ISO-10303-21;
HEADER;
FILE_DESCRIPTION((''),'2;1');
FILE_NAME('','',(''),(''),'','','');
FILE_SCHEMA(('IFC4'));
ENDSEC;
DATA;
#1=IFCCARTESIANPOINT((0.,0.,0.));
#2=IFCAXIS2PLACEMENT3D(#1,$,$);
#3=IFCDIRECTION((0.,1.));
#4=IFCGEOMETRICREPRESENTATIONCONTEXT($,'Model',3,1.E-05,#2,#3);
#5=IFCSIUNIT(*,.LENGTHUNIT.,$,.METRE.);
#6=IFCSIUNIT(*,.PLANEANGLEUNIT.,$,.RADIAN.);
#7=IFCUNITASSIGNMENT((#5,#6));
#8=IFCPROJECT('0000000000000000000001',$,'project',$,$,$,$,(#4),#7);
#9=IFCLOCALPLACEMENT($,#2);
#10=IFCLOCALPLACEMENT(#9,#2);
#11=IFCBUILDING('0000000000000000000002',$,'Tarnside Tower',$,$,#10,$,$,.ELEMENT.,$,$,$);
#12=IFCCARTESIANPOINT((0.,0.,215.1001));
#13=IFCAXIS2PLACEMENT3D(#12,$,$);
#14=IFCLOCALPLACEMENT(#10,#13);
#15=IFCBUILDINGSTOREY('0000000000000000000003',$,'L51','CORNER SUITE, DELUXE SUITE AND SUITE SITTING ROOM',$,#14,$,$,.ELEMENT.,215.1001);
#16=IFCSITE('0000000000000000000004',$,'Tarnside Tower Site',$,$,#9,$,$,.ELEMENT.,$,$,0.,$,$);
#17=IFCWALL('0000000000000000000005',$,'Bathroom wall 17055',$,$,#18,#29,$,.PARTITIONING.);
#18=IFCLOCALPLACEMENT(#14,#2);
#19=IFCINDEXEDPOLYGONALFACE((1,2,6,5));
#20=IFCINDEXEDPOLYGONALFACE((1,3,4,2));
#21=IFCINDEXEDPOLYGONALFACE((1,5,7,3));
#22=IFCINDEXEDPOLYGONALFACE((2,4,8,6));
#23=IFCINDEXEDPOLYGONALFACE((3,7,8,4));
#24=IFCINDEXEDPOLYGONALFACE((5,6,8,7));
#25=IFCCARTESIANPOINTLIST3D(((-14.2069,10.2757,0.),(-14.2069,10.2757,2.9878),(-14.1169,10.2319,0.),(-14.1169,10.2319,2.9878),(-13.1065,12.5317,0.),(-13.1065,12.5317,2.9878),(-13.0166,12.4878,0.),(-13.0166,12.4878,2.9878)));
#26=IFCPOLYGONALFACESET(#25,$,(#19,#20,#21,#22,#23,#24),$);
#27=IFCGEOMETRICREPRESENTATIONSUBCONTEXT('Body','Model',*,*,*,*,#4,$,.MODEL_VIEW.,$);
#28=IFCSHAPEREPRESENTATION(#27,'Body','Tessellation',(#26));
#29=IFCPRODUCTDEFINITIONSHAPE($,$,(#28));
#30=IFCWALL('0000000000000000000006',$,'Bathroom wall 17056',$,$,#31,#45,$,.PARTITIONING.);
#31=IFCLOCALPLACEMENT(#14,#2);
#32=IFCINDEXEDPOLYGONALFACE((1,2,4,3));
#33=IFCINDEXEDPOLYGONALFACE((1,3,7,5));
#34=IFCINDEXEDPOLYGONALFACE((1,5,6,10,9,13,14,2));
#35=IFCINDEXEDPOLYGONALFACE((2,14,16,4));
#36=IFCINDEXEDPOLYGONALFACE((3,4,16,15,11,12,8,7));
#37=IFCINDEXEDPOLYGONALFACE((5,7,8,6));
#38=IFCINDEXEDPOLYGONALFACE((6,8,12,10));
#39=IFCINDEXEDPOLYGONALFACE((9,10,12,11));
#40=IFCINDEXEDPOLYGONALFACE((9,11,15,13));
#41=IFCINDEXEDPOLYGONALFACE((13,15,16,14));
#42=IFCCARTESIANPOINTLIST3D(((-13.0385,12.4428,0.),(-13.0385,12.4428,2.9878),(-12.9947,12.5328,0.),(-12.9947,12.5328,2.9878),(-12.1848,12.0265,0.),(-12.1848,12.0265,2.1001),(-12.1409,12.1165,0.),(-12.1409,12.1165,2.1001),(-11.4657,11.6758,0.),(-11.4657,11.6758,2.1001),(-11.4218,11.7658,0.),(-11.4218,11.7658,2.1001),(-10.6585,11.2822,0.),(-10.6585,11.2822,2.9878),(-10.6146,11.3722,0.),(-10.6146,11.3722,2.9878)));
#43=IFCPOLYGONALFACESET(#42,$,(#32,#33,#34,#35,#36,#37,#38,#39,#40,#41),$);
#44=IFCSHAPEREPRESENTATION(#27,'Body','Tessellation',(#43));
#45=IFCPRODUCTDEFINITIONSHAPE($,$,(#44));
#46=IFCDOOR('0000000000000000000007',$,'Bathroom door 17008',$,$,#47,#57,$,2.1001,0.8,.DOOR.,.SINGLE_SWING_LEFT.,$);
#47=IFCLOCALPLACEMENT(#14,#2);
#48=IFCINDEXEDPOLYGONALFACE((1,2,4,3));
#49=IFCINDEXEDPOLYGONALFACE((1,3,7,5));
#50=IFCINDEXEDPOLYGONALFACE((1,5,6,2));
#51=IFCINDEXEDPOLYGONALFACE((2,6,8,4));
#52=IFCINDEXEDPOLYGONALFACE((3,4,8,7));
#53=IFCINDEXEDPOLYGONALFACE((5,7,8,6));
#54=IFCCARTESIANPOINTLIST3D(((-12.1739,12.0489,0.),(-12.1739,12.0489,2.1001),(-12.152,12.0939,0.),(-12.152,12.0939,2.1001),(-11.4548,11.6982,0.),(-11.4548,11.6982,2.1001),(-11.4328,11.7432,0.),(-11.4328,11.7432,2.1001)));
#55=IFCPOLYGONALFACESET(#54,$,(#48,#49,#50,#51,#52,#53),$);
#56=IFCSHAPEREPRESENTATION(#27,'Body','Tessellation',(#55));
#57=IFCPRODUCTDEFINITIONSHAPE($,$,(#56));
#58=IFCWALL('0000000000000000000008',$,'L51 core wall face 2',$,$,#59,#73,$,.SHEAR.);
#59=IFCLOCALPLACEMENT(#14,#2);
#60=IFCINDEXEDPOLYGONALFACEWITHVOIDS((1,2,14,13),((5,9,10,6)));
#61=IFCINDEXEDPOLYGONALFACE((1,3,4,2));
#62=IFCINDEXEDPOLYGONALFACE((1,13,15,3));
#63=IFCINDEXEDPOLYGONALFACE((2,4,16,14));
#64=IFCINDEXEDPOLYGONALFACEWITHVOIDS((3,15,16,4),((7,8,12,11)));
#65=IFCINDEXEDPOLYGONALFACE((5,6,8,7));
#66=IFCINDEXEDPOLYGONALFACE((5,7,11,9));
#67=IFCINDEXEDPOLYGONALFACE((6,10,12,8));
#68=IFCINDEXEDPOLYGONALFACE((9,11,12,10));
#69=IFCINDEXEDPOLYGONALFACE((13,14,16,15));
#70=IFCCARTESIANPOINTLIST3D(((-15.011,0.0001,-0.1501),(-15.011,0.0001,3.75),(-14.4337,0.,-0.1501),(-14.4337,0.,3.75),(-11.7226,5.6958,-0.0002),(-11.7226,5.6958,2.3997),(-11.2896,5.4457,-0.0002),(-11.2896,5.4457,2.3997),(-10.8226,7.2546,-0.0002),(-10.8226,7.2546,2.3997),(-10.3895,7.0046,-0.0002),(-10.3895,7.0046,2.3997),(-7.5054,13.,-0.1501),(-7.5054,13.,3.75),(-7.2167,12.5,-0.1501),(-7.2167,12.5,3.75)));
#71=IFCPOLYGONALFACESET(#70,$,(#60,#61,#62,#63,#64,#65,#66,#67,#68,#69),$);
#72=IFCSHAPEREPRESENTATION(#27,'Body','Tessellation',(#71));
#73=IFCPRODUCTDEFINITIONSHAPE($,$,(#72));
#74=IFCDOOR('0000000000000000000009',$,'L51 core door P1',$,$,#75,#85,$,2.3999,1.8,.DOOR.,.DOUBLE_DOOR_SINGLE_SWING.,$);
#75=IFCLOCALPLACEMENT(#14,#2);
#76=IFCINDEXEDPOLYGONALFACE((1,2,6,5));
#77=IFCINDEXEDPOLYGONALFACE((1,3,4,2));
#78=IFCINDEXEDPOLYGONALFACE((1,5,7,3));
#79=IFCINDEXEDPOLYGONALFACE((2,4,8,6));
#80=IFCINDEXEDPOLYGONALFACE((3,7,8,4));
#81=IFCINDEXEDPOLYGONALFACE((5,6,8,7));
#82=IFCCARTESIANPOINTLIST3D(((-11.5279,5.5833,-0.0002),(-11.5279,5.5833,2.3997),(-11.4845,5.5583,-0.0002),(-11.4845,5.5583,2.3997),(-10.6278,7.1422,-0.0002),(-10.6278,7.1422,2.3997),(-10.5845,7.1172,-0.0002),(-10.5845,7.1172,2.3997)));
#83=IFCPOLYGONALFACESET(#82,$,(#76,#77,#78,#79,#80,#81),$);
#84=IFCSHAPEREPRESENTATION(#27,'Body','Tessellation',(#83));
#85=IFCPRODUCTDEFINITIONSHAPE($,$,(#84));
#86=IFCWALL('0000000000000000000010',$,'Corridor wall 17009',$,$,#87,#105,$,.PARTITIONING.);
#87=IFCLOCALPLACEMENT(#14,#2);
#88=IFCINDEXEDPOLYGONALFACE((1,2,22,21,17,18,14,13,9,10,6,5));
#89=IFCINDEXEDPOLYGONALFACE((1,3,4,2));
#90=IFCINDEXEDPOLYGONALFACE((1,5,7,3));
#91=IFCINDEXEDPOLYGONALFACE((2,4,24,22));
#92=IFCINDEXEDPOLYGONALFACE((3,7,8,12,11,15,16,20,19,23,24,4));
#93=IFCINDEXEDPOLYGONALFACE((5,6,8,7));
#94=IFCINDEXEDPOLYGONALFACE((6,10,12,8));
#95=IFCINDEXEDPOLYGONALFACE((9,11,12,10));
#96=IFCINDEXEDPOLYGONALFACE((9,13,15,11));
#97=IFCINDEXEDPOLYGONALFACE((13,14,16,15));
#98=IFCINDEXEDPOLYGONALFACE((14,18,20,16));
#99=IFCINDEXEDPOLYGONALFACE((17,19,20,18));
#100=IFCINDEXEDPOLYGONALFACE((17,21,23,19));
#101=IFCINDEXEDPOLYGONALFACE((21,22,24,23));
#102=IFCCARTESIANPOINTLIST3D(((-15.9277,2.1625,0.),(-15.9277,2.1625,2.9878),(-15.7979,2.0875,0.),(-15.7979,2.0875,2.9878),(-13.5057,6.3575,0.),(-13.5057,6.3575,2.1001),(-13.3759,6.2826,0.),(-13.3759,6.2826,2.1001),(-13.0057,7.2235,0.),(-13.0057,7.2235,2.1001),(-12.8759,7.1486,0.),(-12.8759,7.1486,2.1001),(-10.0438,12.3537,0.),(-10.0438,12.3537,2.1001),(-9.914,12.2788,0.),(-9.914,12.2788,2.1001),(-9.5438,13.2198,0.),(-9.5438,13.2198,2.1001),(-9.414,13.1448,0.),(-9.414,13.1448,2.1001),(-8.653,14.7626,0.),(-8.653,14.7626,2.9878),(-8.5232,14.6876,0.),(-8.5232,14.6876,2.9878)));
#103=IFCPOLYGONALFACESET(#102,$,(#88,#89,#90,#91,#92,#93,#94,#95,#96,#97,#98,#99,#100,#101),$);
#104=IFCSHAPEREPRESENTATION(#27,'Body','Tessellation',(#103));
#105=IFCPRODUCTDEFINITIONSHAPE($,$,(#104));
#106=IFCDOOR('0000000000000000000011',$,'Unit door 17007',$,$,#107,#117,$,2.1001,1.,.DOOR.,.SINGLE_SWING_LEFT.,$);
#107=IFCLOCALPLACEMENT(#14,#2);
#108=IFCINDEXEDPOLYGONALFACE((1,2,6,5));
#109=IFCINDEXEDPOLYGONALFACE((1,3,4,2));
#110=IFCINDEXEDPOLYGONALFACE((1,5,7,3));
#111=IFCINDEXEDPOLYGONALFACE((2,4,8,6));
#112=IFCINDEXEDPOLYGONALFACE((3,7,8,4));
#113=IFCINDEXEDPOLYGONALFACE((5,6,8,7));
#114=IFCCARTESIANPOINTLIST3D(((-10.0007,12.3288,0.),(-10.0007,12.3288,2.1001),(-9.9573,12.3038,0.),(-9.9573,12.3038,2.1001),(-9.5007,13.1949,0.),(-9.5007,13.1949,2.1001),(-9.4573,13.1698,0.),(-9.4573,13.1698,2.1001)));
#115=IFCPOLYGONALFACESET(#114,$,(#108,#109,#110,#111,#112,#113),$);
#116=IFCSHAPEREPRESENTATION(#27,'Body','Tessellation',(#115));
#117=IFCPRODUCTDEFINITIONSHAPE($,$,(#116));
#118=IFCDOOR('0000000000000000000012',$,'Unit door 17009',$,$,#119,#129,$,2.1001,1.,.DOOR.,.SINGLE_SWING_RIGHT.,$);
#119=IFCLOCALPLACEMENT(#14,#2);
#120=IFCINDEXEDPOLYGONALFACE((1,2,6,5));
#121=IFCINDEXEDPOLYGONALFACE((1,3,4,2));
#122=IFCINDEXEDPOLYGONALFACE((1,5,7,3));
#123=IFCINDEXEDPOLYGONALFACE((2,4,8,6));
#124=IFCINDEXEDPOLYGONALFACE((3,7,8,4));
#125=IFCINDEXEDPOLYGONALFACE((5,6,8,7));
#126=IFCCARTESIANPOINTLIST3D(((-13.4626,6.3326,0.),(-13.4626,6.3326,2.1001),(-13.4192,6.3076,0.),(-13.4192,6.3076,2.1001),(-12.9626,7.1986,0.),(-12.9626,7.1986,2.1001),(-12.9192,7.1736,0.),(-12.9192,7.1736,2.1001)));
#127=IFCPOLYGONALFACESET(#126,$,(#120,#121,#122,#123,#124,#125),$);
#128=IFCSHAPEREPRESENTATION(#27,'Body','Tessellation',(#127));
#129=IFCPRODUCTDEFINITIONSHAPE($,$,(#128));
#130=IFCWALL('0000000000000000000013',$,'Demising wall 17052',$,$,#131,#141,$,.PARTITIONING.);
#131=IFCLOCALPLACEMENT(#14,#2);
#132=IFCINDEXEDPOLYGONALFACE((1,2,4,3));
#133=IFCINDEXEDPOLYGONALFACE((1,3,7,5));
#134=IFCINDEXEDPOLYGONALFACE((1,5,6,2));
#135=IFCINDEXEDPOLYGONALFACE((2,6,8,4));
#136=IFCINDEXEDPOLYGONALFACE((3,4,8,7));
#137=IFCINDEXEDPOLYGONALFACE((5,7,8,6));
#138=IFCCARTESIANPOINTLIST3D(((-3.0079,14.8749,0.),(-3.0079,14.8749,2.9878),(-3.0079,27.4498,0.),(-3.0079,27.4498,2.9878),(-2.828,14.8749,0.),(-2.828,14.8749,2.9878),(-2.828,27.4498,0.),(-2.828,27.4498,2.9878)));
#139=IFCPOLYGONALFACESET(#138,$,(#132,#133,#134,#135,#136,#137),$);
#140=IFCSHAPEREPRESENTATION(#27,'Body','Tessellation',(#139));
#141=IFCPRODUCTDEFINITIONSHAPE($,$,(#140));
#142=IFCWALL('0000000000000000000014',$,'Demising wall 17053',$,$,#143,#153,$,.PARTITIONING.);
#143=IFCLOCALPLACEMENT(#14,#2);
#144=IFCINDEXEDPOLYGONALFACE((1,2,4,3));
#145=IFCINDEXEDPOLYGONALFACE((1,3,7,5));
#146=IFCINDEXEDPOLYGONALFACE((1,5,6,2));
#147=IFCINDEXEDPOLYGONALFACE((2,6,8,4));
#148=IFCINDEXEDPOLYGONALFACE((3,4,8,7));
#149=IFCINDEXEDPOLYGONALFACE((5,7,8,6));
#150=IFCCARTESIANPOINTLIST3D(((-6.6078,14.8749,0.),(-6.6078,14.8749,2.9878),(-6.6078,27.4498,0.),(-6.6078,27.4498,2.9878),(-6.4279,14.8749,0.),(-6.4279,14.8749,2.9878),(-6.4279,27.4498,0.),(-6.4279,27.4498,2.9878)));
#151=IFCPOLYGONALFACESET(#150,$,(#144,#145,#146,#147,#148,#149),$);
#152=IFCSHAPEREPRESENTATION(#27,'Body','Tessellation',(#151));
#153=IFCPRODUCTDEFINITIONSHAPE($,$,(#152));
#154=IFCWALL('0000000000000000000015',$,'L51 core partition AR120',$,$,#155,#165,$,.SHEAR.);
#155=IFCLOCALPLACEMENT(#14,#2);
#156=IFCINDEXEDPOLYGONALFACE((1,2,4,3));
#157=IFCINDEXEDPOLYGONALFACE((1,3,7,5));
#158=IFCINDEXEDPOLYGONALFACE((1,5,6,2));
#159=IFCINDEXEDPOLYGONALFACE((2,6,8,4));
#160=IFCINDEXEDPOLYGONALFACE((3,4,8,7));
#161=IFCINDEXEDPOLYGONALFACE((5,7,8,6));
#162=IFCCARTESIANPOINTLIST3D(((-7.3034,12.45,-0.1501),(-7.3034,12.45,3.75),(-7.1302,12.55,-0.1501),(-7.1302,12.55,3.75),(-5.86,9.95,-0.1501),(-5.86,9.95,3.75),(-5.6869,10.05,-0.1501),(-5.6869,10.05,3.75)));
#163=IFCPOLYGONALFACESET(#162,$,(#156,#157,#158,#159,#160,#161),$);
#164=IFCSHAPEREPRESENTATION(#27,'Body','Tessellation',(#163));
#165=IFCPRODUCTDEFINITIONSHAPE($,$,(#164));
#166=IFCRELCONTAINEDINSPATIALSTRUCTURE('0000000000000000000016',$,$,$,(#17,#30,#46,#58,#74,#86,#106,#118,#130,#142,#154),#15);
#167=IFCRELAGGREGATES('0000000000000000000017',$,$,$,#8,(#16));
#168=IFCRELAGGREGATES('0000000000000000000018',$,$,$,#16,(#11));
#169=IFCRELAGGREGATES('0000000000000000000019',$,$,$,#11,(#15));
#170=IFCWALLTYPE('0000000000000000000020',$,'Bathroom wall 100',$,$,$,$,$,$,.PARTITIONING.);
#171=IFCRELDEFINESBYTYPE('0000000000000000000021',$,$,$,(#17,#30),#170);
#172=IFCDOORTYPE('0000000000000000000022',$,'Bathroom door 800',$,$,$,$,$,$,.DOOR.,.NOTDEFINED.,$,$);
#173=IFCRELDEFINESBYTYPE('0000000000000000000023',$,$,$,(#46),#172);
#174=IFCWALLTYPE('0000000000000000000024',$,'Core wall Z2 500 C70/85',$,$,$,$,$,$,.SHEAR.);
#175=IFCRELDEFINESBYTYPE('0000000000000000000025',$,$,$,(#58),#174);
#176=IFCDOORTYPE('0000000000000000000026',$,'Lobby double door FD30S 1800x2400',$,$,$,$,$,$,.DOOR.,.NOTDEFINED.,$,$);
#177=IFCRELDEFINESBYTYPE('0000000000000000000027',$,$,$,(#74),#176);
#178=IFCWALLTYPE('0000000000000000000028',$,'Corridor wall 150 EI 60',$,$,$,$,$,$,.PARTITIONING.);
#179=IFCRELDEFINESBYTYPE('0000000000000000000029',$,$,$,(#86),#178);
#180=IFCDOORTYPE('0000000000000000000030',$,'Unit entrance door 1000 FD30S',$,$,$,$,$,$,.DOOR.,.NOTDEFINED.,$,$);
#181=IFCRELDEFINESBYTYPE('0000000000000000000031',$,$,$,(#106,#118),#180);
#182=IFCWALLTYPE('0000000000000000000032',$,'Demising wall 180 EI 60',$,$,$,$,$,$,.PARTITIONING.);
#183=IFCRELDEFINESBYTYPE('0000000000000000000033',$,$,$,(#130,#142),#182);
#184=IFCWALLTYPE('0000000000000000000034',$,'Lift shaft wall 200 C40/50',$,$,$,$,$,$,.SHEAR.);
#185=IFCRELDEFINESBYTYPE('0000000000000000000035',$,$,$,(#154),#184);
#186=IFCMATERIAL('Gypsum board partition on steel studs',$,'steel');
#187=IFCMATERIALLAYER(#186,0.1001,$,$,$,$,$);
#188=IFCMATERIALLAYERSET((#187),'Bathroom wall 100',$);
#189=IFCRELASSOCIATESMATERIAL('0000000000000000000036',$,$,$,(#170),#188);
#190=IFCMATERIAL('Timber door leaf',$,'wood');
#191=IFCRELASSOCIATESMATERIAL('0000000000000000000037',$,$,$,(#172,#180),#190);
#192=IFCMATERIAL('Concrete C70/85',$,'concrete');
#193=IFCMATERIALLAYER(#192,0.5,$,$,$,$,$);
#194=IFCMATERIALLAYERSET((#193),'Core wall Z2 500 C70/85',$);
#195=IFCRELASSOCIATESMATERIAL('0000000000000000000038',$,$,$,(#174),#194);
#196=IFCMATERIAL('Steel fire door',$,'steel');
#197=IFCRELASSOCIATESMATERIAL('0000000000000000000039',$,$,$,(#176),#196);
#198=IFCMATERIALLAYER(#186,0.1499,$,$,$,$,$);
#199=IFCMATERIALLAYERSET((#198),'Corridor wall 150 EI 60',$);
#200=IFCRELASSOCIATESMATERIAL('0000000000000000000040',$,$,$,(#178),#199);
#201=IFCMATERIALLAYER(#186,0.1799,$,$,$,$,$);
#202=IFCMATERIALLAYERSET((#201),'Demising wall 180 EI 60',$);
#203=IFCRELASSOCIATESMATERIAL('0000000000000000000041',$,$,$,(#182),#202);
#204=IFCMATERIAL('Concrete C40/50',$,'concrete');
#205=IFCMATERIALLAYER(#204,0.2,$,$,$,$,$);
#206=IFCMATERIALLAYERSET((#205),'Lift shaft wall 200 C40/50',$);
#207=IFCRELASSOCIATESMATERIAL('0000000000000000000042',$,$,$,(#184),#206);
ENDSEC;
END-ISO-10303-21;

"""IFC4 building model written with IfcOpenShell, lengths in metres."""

from ifc_helpers import new_model, si_unit, direction, frame, frame_2d, origin, place, context, subcontext, project, spatial, polyline, rectangle, outline, extrude, material, layer, layer_set, type_object, element, fill, save


model = new_model("IFC4")

# Units and contexts
model_context = context("Model", 3, precision=1e-05, world=origin(), true_north=direction((0.0, 1.0)))
body_context = subcontext(model_context, "Body", "Model", "MODEL_VIEW")
ifc_project = project(units=[si_unit("LENGTHUNIT", "METRE"), si_unit("PLANEANGLEUNIT", "RADIAN")], contexts=[model_context])

# Site, building, storey
site_placement = place(None, origin())
site = spatial("IfcSite", under=ifc_project, at=site_placement, Name="Tarnside Tower Site", CompositionType="ELEMENT", RefElevation=0.0)
building_placement = place(site_placement, origin())
building = spatial("IfcBuilding", under=site, at=building_placement, Name="Tarnside Tower", CompositionType="ELEMENT")
storey_placement = place(building_placement, frame((0.0, 0.0, 215.1001)))
storey = spatial("IfcBuildingStorey", under=building, at=storey_placement, Name="L51", Description="CORNER SUITE, DELUXE SUITE AND SUITE SITTING ROOM", CompositionType="ELEMENT", Elevation=215.1001)

# Wall
ifc_material_1 = material(Name="Gypsum board partition on steel studs", Category="steel")
ifc_layer_1 = layer(ifc_material_1, 0.1001)
ifc_layer_set_1 = layer_set([ifc_layer_1], Name="Bathroom wall 100")
wall_type_1 = type_object("IfcWallType", Name="Bathroom wall 100", PredefinedType="PARTITIONING", material=ifc_layer_set_1)
wall_1_placement = place(storey_placement, frame((-14.1619, 10.2539, 0.0), z_axis=(0.0, 0.0, 1.0), x_axis=(0.438399, 0.898781, 0.0)))
element("IfcWall", 1, at=wall_1_placement, inside=storey, type_object=wall_type_1, Name="Bathroom wall 17055", PredefinedType="PARTITIONING", context=body_context, shape_type="SweptSolid", body=[
    extrude(rectangle(XDim=2.51, YDim=0.1001, at=frame_2d((1.2549, 0.0))), origin(), (0.0, 0.0, 1.0), 2.9878),
])

# Walls, openings, doors
wall_2_placement = place(storey_placement, frame((-13.0166, 12.4878, 0.0), z_axis=(0.0, 0.0, 1.0), x_axis=(0.898827, -0.438304, 0.0)))
wall_2 = element("IfcWall", 2, at=wall_2_placement, inside=storey, type_object=wall_type_1, Name="Bathroom wall 17056", PredefinedType="PARTITIONING", context=body_context, shape_type="SweptSolid", body=[
    extrude(rectangle(XDim=2.6479, YDim=0.1001, at=frame_2d((1.324, 0.0))), origin(), (0.0, 0.0, 1.0), 2.9878),
])
opening_1_placement = place(wall_2_placement, frame((0.95, 0.0, 0.0)))
opening_1 = element("IfcOpeningElement", 3, at=opening_1_placement, cuts=wall_2, PredefinedType="OPENING", context=body_context, shape_type="SweptSolid", body=[
    extrude(rectangle(XDim=0.8, YDim=2.1001, at=frame_2d((0.3999, 1.05))), frame((0.0, 0.0601, 0.0), z_axis=(0.0, -1.0, 0.0), x_axis=(1.0, 0.0, 0.0)), (0.0, 0.0, 1.0), 0.1201),
])
ifc_material_2 = material(Name="Timber door leaf", Category="wood")
door_type_1 = type_object("IfcDoorType", Name="Bathroom door 800", OperationType="NOTDEFINED", PredefinedType="DOOR", material=ifc_material_2)
door_1_placement = place(opening_1_placement, origin())
door_1 = element("IfcDoor", 4, at=door_1_placement, inside=storey, type_object=door_type_1, Name="Bathroom door 17008", OperationType="SINGLE_SWING_LEFT", OverallHeight=2.1001, OverallWidth=0.8, PredefinedType="DOOR", context=body_context, shape_type="SweptSolid", body=[
    extrude(rectangle(XDim=0.8, YDim=2.1001, at=frame_2d((0.3999, 1.05))), frame((0.0, 0.0249, 0.0), z_axis=(0.0, -1.0, 0.0), x_axis=(1.0, 0.0, 0.0)), (0.0, 0.0, 1.0), 0.05),
])
fill(opening_1, door_1)
ifc_material_3 = material(Name="Concrete C70/85", Category="concrete")
ifc_layer_2 = layer(ifc_material_3, 0.5)
ifc_layer_set_2 = layer_set([ifc_layer_2], Name="Core wall Z2 500 C70/85")
wall_type_2 = type_object("IfcWallType", Name="Core wall Z2 500 C70/85", PredefinedType="SHEAR", material=ifc_layer_set_2)
wall_3_placement = place(storey_placement, frame((-7.3611, 12.75, -0.1501), z_axis=(0.0, 0.0, 1.0), x_axis=(-0.500006, -0.866022, 0.0)))
wall_3 = element("IfcWall", 5, at=wall_3_placement, inside=storey, type_object=wall_type_2, Name="L51 core wall face 2", PredefinedType="SHEAR", context=body_context, shape_type="SweptSolid", body=[
    extrude(outline(polyline([(-0.1443, -0.25), (14.8667, -0.25), (14.5781, 0.25), (0.1443, 0.25), (-0.1443, -0.25)])), origin(), (0.0, 0.0, 1.0), 3.9001),
])
opening_2_placement = place(wall_3_placement, frame((6.49, 0.0, 0.1499)))
opening_2 = element("IfcOpeningElement", 6, at=opening_2_placement, cuts=wall_3, PredefinedType="OPENING", context=body_context, shape_type="SweptSolid", body=[
    extrude(rectangle(XDim=1.8, YDim=2.3999, at=frame_2d((0.8999, 1.2))), frame((0.0, 0.26, 0.0), z_axis=(0.0, -1.0, 0.0), x_axis=(1.0, 0.0, 0.0)), (0.0, 0.0, 1.0), 0.52),
])
ifc_material_4 = material(Name="Steel fire door", Category="steel")
door_type_2 = type_object("IfcDoorType", Name="Lobby double door FD30S 1800x2400", OperationType="NOTDEFINED", PredefinedType="DOOR", material=ifc_material_4)
door_2_placement = place(opening_2_placement, origin())
door_2 = element("IfcDoor", 7, at=door_2_placement, inside=storey, type_object=door_type_2, Name="L51 core door P1", OperationType="DOUBLE_DOOR_SINGLE_SWING", OverallHeight=2.3999, OverallWidth=1.8, PredefinedType="DOOR", context=body_context, shape_type="SweptSolid", body=[
    extrude(rectangle(XDim=1.8, YDim=2.3999, at=frame_2d((0.8999, 1.2))), frame((0.0, 0.0249, 0.0), z_axis=(0.0, -1.0, 0.0), x_axis=(1.0, 0.0, 0.0)), (0.0, 0.0, 1.0), 0.05),
])
fill(opening_2, door_2)

# Wall, openings, doors
ifc_layer_3 = layer(ifc_material_1, 0.1499)
ifc_layer_set_3 = layer_set([ifc_layer_3], Name="Corridor wall 150 EI 60")
wall_type_3 = type_object("IfcWallType", Name="Corridor wall 150 EI 60", PredefinedType="PARTITIONING", material=ifc_layer_set_3)
wall_4_placement = place(storey_placement, frame((-8.5881, 14.7251, 0.0), z_axis=(0.0, 0.0, 1.0), x_axis=(-0.499999, -0.866026, 0.0)))
wall_4 = element("IfcWall", 8, at=wall_4_placement, inside=storey, type_object=wall_type_3, Name="Corridor wall 17009", PredefinedType="PARTITIONING", context=body_context, shape_type="SweptSolid", body=[
    extrude(rectangle(XDim=14.5493, YDim=0.1499, at=frame_2d((7.2747, 0.0))), origin(), (0.0, 0.0, 1.0), 2.9878),
])
opening_3_placement = place(wall_4_placement, frame((1.7815, 0.0, 0.0)))
opening_3 = element("IfcOpeningElement", 9, at=opening_3_placement, cuts=wall_4, PredefinedType="OPENING", context=body_context, shape_type="SweptSolid", body=[
    extrude(rectangle(XDim=1.0, YDim=2.1001, at=frame_2d((0.5, 1.05))), frame((0.0, 0.085, 0.0), z_axis=(0.0, -1.0, 0.0), x_axis=(1.0, 0.0, 0.0)), (0.0, 0.0, 1.0), 0.1699),
])
opening_4_placement = place(wall_4_placement, frame((8.7053, 0.0, 0.0)))
opening_4 = element("IfcOpeningElement", 10, at=opening_4_placement, cuts=wall_4, PredefinedType="OPENING", context=body_context, shape_type="SweptSolid", body=[
    extrude(rectangle(XDim=1.0, YDim=2.1001, at=frame_2d((0.5, 1.05))), frame((0.0, 0.085, 0.0), z_axis=(0.0, -1.0, 0.0), x_axis=(1.0, 0.0, 0.0)), (0.0, 0.0, 1.0), 0.1699),
])
door_type_3 = type_object("IfcDoorType", Name="Unit entrance door 1000 FD30S", OperationType="NOTDEFINED", PredefinedType="DOOR", material=ifc_material_2)
door_3_placement = place(opening_3_placement, origin())
door_3 = element("IfcDoor", 11, at=door_3_placement, inside=storey, type_object=door_type_3, Name="Unit door 17007", OperationType="SINGLE_SWING_LEFT", OverallHeight=2.1001, OverallWidth=1.0, PredefinedType="DOOR", context=body_context, shape_type="SweptSolid", body=[
    extrude(rectangle(XDim=1.0, YDim=2.1001, at=frame_2d((0.5, 1.05))), frame((0.0, 0.0249, 0.0), z_axis=(0.0, -1.0, 0.0), x_axis=(1.0, 0.0, 0.0)), (0.0, 0.0, 1.0), 0.05),
])
fill(opening_3, door_3)
door_4_placement = place(opening_4_placement, origin())
door_4 = element("IfcDoor", 12, at=door_4_placement, inside=storey, type_object=door_type_3, Name="Unit door 17009", OperationType="SINGLE_SWING_RIGHT", OverallHeight=2.1001, OverallWidth=1.0, PredefinedType="DOOR", context=body_context, shape_type="SweptSolid", body=[
    extrude(rectangle(XDim=1.0, YDim=2.1001, at=frame_2d((0.5, 1.05))), frame((0.0, 0.0249, 0.0), z_axis=(0.0, -1.0, 0.0), x_axis=(1.0, 0.0, 0.0)), (0.0, 0.0, 1.0), 0.05),
])
fill(opening_4, door_4)

# Walls
ifc_layer_4 = layer(ifc_material_1, 0.1799)
ifc_layer_set_4 = layer_set([ifc_layer_4], Name="Demising wall 180 EI 60")
wall_type_4 = type_object("IfcWallType", Name="Demising wall 180 EI 60", PredefinedType="PARTITIONING", material=ifc_layer_set_4)
for number, where, z_axis, x_axis, name in (
    (13, (-2.918, 27.45, 0.0), (0.0, 0.0, 1.0), (0.0, -1.0, 0.0), "Demising wall 17052"),
    (14, (-6.5178, 27.45, 0.0), (0.0, 0.0, 1.0), (0.0, -1.0, 0.0), "Demising wall 17053"),
):
    element("IfcWall", number, at=place(storey_placement, frame(where, z_axis=z_axis, x_axis=x_axis)), inside=storey, type_object=wall_type_4, Name=name, PredefinedType="PARTITIONING", context=body_context, shape_type="SweptSolid", body=[
        extrude(rectangle(XDim=12.575, YDim=0.1799, at=frame_2d((6.2876, 0.0))), origin(), (0.0, 0.0, 1.0), 2.9878),
    ])
ifc_material_5 = material(Name="Concrete C40/50", Category="concrete")
ifc_layer_5 = layer(ifc_material_5, 0.2)
ifc_layer_set_5 = layer_set([ifc_layer_5], Name="Lift shaft wall 200 C40/50")
wall_type_5 = type_object("IfcWallType", Name="Lift shaft wall 200 C40/50", PredefinedType="SHEAR", material=ifc_layer_set_5)
wall_5_placement = place(storey_placement, frame((-5.7734, 10.0, -0.1501), z_axis=(0.0, 0.0, 1.0), x_axis=(-0.499996, 0.866028, 0.0)))
element("IfcWall", 15, at=wall_5_placement, inside=storey, type_object=wall_type_5, Name="L51 core partition AR120", PredefinedType="SHEAR", context=body_context, shape_type="SweptSolid", body=[
    extrude(rectangle(XDim=2.8867, YDim=0.2, at=frame_2d((1.4434, 0.0))), origin(), (0.0, 0.0, 1.0), 3.9001),
])

save(model, "model.ifc")
